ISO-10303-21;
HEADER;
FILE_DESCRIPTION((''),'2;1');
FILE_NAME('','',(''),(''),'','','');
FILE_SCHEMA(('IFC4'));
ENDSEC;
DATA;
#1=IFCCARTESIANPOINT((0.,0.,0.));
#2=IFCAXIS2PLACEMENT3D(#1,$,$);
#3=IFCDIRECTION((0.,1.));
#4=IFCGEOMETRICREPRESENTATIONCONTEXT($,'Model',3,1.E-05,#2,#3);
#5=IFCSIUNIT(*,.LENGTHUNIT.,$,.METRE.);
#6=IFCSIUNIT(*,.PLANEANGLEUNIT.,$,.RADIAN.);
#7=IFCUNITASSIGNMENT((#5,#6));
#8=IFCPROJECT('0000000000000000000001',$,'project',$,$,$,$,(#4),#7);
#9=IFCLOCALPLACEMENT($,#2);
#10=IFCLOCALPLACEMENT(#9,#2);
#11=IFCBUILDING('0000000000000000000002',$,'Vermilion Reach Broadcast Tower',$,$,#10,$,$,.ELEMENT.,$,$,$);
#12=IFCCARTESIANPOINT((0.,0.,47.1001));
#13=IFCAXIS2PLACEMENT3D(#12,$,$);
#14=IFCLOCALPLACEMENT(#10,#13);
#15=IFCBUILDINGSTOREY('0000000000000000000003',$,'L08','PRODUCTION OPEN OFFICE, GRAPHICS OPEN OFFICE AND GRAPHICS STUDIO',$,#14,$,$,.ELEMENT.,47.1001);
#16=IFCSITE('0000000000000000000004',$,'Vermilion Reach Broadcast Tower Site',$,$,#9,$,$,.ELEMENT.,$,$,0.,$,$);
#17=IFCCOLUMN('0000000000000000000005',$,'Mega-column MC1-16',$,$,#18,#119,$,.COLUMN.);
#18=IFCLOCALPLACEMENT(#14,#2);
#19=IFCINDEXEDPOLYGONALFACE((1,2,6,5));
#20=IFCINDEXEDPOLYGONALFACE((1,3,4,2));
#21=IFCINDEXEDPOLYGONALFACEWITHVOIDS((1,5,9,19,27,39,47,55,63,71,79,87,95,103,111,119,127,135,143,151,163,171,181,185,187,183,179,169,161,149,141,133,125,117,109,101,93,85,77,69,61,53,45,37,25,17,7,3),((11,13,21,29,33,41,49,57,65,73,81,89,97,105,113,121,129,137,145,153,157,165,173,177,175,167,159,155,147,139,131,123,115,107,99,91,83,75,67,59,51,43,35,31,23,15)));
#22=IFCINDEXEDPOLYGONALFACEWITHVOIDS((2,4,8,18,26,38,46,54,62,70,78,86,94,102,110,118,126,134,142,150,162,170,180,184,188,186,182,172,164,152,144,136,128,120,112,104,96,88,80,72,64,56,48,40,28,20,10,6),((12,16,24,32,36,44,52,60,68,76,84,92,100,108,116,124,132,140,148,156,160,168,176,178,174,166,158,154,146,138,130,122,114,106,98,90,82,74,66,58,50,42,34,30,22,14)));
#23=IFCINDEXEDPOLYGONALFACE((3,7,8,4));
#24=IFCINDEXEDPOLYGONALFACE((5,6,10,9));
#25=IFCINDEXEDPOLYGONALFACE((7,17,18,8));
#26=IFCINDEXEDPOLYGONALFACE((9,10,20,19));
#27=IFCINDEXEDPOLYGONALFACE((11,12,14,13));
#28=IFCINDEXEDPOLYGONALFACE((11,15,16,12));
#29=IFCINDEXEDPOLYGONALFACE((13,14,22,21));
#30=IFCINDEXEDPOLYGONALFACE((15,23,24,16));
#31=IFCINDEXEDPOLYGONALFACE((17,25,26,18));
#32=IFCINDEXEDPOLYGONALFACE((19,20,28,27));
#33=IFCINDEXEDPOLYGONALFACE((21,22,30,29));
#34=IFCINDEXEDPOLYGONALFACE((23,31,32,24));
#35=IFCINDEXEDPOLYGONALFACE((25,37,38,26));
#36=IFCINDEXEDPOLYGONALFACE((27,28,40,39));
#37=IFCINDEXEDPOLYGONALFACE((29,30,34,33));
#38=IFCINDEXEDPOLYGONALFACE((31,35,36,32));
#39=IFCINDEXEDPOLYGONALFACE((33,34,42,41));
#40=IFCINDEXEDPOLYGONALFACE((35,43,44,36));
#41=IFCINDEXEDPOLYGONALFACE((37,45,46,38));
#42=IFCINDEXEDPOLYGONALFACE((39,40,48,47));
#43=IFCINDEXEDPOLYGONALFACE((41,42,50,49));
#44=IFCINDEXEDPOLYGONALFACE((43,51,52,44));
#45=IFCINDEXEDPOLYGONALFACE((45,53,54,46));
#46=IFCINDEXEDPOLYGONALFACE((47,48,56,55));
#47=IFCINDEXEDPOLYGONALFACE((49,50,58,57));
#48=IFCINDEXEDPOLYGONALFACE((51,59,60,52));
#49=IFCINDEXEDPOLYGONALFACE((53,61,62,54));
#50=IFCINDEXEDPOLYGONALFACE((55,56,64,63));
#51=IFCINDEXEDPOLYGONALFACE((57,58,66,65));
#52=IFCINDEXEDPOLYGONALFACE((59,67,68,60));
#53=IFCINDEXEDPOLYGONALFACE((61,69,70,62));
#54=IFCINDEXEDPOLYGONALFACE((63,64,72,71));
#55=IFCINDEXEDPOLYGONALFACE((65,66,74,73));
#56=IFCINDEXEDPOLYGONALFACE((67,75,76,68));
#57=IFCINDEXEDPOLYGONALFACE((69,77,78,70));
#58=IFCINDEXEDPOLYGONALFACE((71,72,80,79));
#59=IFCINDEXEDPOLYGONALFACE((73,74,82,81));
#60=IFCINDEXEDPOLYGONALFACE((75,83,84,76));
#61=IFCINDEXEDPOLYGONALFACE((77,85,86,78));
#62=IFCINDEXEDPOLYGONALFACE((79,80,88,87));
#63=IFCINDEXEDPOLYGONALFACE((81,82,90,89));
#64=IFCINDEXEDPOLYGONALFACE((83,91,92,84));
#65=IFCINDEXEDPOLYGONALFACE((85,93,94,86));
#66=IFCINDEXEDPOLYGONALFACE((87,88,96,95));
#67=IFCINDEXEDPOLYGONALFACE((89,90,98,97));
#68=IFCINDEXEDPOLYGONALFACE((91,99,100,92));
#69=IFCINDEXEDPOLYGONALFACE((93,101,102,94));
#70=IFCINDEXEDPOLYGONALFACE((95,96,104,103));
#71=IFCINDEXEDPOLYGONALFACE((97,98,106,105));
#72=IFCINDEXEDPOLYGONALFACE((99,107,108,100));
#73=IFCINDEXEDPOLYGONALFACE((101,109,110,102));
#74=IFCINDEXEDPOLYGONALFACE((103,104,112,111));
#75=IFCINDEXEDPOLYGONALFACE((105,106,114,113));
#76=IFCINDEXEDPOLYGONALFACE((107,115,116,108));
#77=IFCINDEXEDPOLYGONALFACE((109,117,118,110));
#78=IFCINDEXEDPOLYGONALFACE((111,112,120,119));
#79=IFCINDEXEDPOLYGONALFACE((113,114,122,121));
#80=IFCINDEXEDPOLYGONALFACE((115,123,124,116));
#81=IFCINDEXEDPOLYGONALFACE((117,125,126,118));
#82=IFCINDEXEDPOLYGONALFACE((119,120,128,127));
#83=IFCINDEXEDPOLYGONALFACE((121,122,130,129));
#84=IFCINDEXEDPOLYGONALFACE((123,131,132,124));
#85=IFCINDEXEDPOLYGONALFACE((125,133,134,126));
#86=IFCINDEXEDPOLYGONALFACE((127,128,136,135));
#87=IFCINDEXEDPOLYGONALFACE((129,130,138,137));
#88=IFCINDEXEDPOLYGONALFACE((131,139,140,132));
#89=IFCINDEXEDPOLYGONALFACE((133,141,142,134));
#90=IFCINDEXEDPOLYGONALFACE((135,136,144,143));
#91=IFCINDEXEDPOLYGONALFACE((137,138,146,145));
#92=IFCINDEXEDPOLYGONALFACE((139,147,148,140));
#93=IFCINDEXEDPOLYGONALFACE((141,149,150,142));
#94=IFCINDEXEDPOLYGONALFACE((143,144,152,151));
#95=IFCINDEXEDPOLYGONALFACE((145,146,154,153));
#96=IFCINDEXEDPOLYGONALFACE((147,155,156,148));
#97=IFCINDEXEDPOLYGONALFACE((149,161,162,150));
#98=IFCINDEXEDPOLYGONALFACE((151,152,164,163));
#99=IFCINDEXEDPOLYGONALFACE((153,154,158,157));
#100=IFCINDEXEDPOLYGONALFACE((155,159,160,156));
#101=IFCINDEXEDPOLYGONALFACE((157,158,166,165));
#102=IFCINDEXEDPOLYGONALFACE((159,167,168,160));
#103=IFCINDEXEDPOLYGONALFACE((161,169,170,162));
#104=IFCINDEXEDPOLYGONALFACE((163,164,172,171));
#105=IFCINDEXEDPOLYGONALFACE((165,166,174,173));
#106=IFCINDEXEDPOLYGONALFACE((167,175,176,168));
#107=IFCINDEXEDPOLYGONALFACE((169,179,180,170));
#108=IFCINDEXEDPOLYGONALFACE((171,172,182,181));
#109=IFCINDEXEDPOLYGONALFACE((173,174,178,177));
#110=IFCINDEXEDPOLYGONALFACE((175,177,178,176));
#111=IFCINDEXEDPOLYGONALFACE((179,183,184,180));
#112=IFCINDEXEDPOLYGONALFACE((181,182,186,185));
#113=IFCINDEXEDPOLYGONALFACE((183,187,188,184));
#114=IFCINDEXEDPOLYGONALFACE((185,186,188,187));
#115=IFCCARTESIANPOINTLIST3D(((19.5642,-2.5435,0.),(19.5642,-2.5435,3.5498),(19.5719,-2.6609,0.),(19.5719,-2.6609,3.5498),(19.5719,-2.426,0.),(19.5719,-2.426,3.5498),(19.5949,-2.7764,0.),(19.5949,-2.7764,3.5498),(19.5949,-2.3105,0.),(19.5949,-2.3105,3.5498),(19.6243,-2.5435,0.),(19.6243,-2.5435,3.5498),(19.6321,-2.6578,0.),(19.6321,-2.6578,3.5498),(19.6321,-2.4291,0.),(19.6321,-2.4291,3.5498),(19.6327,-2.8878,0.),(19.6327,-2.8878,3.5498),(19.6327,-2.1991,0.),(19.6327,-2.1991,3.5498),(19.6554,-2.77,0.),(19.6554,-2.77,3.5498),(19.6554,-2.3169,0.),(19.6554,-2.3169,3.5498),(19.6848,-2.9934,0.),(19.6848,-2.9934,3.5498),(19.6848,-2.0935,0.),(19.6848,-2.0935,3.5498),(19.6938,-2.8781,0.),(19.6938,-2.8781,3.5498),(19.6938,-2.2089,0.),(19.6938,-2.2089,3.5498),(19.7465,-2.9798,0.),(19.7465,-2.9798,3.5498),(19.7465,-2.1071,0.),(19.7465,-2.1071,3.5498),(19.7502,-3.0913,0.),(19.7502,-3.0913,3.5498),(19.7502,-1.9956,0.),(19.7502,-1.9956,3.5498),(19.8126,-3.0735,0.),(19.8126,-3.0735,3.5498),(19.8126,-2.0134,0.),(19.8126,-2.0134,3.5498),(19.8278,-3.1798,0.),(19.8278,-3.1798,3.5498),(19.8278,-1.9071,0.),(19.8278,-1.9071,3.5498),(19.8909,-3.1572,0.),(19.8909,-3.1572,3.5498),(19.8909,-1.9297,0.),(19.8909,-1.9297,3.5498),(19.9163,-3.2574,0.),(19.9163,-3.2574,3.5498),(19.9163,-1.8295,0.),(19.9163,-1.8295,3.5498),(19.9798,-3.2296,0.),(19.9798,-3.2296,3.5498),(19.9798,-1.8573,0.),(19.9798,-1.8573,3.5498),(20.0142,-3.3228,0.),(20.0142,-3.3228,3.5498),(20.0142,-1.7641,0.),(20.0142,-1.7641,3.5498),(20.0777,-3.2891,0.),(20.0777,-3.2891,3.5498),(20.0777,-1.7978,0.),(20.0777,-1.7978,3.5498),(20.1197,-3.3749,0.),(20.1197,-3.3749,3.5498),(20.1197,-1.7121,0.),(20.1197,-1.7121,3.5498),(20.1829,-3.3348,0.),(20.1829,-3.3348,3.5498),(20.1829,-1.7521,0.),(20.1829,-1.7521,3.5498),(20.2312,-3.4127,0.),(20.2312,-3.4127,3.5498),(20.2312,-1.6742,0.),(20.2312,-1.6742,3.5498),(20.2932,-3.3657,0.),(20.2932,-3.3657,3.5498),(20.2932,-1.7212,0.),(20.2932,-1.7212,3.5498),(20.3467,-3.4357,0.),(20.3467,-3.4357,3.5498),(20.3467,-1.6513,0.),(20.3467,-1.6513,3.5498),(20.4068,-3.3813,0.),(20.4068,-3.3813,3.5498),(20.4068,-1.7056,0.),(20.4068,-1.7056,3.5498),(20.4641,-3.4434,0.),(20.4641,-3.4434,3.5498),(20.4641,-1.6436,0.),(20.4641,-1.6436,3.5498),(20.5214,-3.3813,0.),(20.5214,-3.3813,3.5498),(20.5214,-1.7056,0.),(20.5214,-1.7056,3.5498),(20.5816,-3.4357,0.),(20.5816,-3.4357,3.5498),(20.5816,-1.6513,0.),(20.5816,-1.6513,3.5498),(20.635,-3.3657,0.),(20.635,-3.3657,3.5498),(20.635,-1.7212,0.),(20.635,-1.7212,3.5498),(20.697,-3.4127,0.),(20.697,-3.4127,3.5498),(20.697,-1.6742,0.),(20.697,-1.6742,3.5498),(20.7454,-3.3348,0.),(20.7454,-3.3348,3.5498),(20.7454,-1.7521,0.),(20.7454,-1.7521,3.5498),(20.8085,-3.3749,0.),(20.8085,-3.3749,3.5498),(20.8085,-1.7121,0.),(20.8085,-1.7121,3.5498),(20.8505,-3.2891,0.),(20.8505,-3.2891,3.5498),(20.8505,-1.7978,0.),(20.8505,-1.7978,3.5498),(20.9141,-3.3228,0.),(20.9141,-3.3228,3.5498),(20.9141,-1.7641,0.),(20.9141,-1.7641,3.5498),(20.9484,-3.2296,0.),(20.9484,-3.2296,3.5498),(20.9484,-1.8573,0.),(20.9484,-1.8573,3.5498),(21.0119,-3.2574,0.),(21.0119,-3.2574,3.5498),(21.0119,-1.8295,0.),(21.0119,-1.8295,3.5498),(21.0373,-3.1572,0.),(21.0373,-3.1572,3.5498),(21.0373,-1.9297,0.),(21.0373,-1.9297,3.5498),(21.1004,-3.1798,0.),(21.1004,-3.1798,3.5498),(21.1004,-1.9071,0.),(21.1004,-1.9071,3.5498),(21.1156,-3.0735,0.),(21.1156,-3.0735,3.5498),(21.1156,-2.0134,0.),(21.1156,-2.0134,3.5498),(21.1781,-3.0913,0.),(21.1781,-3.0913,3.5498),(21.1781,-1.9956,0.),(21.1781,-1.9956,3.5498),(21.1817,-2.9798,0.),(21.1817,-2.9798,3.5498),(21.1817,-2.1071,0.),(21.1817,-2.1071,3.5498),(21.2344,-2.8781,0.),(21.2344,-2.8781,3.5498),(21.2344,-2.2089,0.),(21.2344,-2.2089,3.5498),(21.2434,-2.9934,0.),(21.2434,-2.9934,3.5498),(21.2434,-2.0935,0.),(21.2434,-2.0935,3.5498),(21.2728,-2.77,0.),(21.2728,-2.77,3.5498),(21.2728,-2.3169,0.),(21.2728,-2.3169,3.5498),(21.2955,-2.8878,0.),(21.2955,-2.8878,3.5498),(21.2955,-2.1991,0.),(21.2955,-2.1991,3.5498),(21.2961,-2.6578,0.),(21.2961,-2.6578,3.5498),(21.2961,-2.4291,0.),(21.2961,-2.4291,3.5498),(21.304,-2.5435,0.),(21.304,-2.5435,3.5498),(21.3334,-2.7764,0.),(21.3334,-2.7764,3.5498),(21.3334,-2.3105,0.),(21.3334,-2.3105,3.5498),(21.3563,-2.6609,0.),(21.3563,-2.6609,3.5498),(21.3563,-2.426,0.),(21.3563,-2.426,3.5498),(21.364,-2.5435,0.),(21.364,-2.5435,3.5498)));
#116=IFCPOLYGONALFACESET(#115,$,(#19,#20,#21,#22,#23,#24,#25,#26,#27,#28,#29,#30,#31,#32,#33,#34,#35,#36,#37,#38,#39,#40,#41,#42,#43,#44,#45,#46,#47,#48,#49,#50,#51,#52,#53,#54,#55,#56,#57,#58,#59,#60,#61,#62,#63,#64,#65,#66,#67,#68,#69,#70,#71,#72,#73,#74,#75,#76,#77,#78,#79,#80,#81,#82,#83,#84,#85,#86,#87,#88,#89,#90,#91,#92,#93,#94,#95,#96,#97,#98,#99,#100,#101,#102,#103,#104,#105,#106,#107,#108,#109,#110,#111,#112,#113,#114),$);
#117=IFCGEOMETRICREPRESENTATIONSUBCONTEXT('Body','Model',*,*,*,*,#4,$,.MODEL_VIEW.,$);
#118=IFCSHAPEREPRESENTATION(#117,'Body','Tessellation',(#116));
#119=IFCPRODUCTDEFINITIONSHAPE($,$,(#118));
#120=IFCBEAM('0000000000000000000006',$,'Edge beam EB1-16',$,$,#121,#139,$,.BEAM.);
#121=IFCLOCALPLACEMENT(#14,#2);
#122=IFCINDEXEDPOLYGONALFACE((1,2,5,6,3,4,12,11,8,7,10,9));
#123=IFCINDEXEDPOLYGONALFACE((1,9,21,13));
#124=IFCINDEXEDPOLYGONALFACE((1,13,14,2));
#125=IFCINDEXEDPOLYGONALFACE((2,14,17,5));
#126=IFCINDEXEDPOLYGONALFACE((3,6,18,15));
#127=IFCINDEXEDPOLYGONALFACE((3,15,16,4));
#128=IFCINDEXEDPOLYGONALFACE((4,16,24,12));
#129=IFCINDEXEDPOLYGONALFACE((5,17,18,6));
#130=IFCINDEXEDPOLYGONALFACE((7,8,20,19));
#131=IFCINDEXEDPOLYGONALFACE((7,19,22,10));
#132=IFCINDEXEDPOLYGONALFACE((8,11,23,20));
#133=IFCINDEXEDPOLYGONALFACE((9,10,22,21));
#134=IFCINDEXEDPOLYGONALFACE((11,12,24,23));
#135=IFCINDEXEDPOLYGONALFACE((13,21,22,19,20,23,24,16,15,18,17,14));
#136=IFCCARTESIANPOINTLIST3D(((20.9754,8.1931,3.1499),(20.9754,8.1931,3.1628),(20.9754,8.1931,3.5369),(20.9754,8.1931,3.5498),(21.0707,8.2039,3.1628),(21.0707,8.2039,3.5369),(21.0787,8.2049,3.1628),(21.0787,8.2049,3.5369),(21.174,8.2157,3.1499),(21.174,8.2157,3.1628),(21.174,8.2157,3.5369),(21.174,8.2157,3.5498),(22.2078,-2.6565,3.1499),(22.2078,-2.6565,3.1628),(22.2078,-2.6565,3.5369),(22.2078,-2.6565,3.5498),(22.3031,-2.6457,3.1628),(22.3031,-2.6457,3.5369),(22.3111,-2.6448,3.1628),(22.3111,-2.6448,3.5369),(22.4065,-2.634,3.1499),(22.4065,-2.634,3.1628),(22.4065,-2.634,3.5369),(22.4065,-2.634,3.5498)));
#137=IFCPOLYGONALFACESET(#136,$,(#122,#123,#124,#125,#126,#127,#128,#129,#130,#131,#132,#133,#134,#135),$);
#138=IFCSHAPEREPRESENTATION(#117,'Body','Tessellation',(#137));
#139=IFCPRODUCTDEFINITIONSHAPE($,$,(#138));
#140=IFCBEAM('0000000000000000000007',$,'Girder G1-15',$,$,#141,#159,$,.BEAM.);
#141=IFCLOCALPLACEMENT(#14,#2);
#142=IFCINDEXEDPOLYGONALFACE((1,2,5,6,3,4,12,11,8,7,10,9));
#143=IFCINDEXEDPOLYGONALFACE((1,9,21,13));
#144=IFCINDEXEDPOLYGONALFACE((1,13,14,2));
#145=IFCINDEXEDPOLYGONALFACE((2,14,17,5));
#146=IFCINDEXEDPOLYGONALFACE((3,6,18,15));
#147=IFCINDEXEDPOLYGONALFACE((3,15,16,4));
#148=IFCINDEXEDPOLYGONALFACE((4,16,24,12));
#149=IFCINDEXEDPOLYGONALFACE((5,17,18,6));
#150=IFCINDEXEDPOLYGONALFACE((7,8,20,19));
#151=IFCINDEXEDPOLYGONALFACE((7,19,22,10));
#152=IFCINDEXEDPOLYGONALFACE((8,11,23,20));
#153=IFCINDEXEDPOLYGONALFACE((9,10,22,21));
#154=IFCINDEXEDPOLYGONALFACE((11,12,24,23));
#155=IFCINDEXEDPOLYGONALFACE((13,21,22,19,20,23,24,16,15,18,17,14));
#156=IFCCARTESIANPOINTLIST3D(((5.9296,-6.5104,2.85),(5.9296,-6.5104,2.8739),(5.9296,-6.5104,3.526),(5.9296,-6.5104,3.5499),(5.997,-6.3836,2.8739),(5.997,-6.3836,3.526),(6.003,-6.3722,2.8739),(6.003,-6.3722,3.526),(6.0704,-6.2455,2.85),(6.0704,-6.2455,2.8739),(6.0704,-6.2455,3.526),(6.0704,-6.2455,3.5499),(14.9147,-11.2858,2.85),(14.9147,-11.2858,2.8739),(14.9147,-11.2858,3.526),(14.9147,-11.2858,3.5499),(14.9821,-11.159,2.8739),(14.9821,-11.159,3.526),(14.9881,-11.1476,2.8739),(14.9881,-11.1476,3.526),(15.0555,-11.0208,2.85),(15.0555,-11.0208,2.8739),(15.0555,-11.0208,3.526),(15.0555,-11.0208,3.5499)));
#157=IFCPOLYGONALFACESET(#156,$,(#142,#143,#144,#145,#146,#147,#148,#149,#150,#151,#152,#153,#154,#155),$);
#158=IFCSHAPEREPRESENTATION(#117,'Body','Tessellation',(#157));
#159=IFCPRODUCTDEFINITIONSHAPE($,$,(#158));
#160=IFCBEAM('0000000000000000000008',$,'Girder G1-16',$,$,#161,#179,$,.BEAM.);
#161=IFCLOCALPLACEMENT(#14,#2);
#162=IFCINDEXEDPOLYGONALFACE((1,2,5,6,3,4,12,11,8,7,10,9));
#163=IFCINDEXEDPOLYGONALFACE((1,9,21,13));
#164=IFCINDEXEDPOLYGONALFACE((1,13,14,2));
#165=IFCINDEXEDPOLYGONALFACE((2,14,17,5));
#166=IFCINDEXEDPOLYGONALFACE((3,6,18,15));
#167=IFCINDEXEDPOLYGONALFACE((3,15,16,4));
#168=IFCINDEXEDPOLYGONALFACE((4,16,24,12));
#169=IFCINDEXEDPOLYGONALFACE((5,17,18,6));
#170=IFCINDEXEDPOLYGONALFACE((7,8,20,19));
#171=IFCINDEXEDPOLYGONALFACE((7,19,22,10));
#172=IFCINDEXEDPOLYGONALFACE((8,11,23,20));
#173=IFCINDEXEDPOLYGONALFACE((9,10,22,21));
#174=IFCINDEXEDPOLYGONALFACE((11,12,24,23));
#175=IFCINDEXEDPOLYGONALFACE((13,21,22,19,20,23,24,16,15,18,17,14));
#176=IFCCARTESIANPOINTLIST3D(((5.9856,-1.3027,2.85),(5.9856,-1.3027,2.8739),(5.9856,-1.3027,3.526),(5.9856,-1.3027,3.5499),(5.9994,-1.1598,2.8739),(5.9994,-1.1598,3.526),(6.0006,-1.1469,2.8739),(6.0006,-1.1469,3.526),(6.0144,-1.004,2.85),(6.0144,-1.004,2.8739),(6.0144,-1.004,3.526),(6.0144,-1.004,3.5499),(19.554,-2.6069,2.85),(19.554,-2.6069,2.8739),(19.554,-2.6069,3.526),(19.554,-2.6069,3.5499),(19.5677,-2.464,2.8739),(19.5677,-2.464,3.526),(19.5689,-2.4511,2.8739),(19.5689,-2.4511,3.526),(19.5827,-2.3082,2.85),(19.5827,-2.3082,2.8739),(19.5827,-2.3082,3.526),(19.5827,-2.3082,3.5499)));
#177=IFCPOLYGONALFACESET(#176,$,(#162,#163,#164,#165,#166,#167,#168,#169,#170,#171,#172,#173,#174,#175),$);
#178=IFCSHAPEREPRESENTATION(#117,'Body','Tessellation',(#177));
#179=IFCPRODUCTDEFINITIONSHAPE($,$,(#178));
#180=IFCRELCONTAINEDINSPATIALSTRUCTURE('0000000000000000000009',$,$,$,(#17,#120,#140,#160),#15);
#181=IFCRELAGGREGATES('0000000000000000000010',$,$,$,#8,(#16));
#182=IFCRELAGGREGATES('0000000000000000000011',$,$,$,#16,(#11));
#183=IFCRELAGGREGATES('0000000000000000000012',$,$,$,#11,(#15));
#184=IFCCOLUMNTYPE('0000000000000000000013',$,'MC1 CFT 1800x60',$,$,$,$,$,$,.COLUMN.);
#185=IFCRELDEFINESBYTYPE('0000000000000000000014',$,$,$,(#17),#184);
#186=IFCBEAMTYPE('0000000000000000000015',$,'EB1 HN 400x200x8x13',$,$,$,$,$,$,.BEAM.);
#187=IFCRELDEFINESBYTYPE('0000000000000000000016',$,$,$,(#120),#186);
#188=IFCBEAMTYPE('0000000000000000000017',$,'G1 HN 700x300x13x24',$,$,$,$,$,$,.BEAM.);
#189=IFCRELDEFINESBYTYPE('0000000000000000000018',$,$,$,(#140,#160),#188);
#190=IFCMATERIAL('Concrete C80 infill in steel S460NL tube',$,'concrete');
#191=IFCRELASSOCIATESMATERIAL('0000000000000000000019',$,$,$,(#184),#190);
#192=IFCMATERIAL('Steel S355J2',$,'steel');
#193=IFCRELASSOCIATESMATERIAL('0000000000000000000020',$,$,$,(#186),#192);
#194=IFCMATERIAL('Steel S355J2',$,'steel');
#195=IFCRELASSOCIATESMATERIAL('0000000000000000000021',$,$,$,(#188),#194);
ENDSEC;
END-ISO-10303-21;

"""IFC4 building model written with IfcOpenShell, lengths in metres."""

from ifc_helpers import new_model, si_unit, direction, frame, origin, origin_2d, place, context, subcontext, project, spatial, hollow_circle, i_section, extrude, material, material_profile, profile_set, type_object, element, save


model = new_model("IFC4")

# Units and contexts
model_context = context("Model", 3, precision=1e-05, world=origin(), true_north=direction((0.0, 1.0)))
body_context = subcontext(model_context, "Body", "Model", "MODEL_VIEW")
ifc_project = project(units=[si_unit("LENGTHUNIT", "METRE"), si_unit("PLANEANGLEUNIT", "RADIAN")], contexts=[model_context])

# Site, building, storey
site_placement = place(None, origin())
site = spatial("IfcSite", under=ifc_project, at=site_placement, Name="Vermilion Reach Broadcast Tower Site", CompositionType="ELEMENT", RefElevation=0.0)
building_placement = place(site_placement, origin())
building = spatial("IfcBuilding", under=site, at=building_placement, Name="Vermilion Reach Broadcast Tower", CompositionType="ELEMENT")
storey_placement = place(building_placement, frame((0.0, 0.0, 47.1001)))
storey = spatial("IfcBuildingStorey", under=building, at=storey_placement, Name="L08", Description="PRODUCTION OPEN OFFICE, GRAPHICS OPEN OFFICE AND GRAPHICS STUDIO", CompositionType="ELEMENT", Elevation=47.1001)

# Column
ifc_material_1 = material(Name="Concrete C80 infill in steel S460NL tube", Category="concrete")
ifc_material_profile_1 = material_profile(ifc_material_1, hollow_circle(Radius=0.8999, WallThickness=0.0601, at=origin_2d()), Name="Concrete C80 infill in steel S460NL tube CFT 1800x60")
ifc_profile_set_1 = profile_set([ifc_material_profile_1], Name="Concrete C80 infill in steel S460NL tube")
column_type = type_object("IfcColumnType", Name="MC1 CFT 1800x60", PredefinedType="COLUMN", material=ifc_profile_set_1)
column_placement = place(storey_placement, frame((20.4641, -2.5435, 0.0), z_axis=(0.0, 0.0, 1.0), x_axis=(1.0, 0.0, 0.0)))
element("IfcColumn", 1, at=column_placement, inside=storey, type_object=column_type, Name="Mega-column MC1-16", PredefinedType="COLUMN", context=body_context, shape_type="SweptSolid", body=[
    extrude(hollow_circle(Radius=0.8999, WallThickness=0.0601, at=origin_2d()), origin(), (0.0, 0.0, 1.0), 3.5498),
])

# Beams
ifc_material_2 = material(Name="Steel S355J2", Category="steel")
ifc_material_profile_2 = material_profile(ifc_material_2, i_section(OverallWidth=0.2, OverallDepth=0.3999, WebThickness=0.0081, FlangeThickness=0.0129, at=origin_2d()), Name="S355J2 HN 400x200x8x13")
ifc_profile_set_2 = profile_set([ifc_material_profile_2], Name="Steel S355J2")
beam_type_1 = type_object("IfcBeamType", Name="EB1 HN 400x200x8x13", PredefinedType="BEAM", material=ifc_profile_set_2)
beam_1_placement = place(storey_placement, frame((22.3071, -2.6453, 3.3499), z_axis=(-0.112866, 0.99361, 0.0), x_axis=(-0.99361, -0.112866, 0.0)))
element("IfcBeam", 2, at=beam_1_placement, inside=storey, type_object=beam_type_1, Name="Edge beam EB1-16", PredefinedType="BEAM", context=body_context, shape_type="SweptSolid", body=[
    extrude(i_section(OverallWidth=0.2, OverallDepth=0.3999, WebThickness=0.0081, FlangeThickness=0.0129, at=origin_2d()), origin(), (0.0, 0.0, 1.0), 10.9194),
])
ifc_material_3 = material(Name="Steel S355J2", Category="steel")
ifc_material_profile_3 = material_profile(ifc_material_3, i_section(OverallWidth=0.3, OverallDepth=0.7, WebThickness=0.0129, FlangeThickness=0.0239, at=origin_2d()), Name="S355J2 HN 700x300x13x24")
ifc_profile_set_3 = profile_set([ifc_material_profile_3], Name="Steel S355J2")
beam_type_2 = type_object("IfcBeamType", Name="G1 HN 700x300x13x24", PredefinedType="BEAM", material=ifc_profile_set_3)
beam_2_placement = place(storey_placement, frame((6.0, -6.3779, 3.2), z_axis=(0.883032, -0.469313, 0.0), x_axis=(0.469313, 0.883032, 0.0)))
element("IfcBeam", 3, at=beam_2_placement, inside=storey, type_object=beam_type_2, Name="Girder G1-15", PredefinedType="BEAM", context=body_context, shape_type="SweptSolid", body=[
    extrude(i_section(OverallWidth=0.3, OverallDepth=0.7, WebThickness=0.0129, FlangeThickness=0.0239, at=origin_2d()), origin(), (0.0, 0.0, 1.0), 10.1753),
])
beam_3_placement = place(storey_placement, frame((6.0, -1.1533, 3.2), z_axis=(0.995412, -0.09568, 0.0), x_axis=(0.09568, 0.995412, 0.0)))
element("IfcBeam", 4, at=beam_3_placement, inside=storey, type_object=beam_type_2, Name="Girder G1-16", PredefinedType="BEAM", context=body_context, shape_type="SweptSolid", body=[
    extrude(i_section(OverallWidth=0.3, OverallDepth=0.7, WebThickness=0.0129, FlangeThickness=0.0239, at=origin_2d()), origin(), (0.0, 0.0, 1.0), 13.6309),
])

save(model, "model.ifc")
